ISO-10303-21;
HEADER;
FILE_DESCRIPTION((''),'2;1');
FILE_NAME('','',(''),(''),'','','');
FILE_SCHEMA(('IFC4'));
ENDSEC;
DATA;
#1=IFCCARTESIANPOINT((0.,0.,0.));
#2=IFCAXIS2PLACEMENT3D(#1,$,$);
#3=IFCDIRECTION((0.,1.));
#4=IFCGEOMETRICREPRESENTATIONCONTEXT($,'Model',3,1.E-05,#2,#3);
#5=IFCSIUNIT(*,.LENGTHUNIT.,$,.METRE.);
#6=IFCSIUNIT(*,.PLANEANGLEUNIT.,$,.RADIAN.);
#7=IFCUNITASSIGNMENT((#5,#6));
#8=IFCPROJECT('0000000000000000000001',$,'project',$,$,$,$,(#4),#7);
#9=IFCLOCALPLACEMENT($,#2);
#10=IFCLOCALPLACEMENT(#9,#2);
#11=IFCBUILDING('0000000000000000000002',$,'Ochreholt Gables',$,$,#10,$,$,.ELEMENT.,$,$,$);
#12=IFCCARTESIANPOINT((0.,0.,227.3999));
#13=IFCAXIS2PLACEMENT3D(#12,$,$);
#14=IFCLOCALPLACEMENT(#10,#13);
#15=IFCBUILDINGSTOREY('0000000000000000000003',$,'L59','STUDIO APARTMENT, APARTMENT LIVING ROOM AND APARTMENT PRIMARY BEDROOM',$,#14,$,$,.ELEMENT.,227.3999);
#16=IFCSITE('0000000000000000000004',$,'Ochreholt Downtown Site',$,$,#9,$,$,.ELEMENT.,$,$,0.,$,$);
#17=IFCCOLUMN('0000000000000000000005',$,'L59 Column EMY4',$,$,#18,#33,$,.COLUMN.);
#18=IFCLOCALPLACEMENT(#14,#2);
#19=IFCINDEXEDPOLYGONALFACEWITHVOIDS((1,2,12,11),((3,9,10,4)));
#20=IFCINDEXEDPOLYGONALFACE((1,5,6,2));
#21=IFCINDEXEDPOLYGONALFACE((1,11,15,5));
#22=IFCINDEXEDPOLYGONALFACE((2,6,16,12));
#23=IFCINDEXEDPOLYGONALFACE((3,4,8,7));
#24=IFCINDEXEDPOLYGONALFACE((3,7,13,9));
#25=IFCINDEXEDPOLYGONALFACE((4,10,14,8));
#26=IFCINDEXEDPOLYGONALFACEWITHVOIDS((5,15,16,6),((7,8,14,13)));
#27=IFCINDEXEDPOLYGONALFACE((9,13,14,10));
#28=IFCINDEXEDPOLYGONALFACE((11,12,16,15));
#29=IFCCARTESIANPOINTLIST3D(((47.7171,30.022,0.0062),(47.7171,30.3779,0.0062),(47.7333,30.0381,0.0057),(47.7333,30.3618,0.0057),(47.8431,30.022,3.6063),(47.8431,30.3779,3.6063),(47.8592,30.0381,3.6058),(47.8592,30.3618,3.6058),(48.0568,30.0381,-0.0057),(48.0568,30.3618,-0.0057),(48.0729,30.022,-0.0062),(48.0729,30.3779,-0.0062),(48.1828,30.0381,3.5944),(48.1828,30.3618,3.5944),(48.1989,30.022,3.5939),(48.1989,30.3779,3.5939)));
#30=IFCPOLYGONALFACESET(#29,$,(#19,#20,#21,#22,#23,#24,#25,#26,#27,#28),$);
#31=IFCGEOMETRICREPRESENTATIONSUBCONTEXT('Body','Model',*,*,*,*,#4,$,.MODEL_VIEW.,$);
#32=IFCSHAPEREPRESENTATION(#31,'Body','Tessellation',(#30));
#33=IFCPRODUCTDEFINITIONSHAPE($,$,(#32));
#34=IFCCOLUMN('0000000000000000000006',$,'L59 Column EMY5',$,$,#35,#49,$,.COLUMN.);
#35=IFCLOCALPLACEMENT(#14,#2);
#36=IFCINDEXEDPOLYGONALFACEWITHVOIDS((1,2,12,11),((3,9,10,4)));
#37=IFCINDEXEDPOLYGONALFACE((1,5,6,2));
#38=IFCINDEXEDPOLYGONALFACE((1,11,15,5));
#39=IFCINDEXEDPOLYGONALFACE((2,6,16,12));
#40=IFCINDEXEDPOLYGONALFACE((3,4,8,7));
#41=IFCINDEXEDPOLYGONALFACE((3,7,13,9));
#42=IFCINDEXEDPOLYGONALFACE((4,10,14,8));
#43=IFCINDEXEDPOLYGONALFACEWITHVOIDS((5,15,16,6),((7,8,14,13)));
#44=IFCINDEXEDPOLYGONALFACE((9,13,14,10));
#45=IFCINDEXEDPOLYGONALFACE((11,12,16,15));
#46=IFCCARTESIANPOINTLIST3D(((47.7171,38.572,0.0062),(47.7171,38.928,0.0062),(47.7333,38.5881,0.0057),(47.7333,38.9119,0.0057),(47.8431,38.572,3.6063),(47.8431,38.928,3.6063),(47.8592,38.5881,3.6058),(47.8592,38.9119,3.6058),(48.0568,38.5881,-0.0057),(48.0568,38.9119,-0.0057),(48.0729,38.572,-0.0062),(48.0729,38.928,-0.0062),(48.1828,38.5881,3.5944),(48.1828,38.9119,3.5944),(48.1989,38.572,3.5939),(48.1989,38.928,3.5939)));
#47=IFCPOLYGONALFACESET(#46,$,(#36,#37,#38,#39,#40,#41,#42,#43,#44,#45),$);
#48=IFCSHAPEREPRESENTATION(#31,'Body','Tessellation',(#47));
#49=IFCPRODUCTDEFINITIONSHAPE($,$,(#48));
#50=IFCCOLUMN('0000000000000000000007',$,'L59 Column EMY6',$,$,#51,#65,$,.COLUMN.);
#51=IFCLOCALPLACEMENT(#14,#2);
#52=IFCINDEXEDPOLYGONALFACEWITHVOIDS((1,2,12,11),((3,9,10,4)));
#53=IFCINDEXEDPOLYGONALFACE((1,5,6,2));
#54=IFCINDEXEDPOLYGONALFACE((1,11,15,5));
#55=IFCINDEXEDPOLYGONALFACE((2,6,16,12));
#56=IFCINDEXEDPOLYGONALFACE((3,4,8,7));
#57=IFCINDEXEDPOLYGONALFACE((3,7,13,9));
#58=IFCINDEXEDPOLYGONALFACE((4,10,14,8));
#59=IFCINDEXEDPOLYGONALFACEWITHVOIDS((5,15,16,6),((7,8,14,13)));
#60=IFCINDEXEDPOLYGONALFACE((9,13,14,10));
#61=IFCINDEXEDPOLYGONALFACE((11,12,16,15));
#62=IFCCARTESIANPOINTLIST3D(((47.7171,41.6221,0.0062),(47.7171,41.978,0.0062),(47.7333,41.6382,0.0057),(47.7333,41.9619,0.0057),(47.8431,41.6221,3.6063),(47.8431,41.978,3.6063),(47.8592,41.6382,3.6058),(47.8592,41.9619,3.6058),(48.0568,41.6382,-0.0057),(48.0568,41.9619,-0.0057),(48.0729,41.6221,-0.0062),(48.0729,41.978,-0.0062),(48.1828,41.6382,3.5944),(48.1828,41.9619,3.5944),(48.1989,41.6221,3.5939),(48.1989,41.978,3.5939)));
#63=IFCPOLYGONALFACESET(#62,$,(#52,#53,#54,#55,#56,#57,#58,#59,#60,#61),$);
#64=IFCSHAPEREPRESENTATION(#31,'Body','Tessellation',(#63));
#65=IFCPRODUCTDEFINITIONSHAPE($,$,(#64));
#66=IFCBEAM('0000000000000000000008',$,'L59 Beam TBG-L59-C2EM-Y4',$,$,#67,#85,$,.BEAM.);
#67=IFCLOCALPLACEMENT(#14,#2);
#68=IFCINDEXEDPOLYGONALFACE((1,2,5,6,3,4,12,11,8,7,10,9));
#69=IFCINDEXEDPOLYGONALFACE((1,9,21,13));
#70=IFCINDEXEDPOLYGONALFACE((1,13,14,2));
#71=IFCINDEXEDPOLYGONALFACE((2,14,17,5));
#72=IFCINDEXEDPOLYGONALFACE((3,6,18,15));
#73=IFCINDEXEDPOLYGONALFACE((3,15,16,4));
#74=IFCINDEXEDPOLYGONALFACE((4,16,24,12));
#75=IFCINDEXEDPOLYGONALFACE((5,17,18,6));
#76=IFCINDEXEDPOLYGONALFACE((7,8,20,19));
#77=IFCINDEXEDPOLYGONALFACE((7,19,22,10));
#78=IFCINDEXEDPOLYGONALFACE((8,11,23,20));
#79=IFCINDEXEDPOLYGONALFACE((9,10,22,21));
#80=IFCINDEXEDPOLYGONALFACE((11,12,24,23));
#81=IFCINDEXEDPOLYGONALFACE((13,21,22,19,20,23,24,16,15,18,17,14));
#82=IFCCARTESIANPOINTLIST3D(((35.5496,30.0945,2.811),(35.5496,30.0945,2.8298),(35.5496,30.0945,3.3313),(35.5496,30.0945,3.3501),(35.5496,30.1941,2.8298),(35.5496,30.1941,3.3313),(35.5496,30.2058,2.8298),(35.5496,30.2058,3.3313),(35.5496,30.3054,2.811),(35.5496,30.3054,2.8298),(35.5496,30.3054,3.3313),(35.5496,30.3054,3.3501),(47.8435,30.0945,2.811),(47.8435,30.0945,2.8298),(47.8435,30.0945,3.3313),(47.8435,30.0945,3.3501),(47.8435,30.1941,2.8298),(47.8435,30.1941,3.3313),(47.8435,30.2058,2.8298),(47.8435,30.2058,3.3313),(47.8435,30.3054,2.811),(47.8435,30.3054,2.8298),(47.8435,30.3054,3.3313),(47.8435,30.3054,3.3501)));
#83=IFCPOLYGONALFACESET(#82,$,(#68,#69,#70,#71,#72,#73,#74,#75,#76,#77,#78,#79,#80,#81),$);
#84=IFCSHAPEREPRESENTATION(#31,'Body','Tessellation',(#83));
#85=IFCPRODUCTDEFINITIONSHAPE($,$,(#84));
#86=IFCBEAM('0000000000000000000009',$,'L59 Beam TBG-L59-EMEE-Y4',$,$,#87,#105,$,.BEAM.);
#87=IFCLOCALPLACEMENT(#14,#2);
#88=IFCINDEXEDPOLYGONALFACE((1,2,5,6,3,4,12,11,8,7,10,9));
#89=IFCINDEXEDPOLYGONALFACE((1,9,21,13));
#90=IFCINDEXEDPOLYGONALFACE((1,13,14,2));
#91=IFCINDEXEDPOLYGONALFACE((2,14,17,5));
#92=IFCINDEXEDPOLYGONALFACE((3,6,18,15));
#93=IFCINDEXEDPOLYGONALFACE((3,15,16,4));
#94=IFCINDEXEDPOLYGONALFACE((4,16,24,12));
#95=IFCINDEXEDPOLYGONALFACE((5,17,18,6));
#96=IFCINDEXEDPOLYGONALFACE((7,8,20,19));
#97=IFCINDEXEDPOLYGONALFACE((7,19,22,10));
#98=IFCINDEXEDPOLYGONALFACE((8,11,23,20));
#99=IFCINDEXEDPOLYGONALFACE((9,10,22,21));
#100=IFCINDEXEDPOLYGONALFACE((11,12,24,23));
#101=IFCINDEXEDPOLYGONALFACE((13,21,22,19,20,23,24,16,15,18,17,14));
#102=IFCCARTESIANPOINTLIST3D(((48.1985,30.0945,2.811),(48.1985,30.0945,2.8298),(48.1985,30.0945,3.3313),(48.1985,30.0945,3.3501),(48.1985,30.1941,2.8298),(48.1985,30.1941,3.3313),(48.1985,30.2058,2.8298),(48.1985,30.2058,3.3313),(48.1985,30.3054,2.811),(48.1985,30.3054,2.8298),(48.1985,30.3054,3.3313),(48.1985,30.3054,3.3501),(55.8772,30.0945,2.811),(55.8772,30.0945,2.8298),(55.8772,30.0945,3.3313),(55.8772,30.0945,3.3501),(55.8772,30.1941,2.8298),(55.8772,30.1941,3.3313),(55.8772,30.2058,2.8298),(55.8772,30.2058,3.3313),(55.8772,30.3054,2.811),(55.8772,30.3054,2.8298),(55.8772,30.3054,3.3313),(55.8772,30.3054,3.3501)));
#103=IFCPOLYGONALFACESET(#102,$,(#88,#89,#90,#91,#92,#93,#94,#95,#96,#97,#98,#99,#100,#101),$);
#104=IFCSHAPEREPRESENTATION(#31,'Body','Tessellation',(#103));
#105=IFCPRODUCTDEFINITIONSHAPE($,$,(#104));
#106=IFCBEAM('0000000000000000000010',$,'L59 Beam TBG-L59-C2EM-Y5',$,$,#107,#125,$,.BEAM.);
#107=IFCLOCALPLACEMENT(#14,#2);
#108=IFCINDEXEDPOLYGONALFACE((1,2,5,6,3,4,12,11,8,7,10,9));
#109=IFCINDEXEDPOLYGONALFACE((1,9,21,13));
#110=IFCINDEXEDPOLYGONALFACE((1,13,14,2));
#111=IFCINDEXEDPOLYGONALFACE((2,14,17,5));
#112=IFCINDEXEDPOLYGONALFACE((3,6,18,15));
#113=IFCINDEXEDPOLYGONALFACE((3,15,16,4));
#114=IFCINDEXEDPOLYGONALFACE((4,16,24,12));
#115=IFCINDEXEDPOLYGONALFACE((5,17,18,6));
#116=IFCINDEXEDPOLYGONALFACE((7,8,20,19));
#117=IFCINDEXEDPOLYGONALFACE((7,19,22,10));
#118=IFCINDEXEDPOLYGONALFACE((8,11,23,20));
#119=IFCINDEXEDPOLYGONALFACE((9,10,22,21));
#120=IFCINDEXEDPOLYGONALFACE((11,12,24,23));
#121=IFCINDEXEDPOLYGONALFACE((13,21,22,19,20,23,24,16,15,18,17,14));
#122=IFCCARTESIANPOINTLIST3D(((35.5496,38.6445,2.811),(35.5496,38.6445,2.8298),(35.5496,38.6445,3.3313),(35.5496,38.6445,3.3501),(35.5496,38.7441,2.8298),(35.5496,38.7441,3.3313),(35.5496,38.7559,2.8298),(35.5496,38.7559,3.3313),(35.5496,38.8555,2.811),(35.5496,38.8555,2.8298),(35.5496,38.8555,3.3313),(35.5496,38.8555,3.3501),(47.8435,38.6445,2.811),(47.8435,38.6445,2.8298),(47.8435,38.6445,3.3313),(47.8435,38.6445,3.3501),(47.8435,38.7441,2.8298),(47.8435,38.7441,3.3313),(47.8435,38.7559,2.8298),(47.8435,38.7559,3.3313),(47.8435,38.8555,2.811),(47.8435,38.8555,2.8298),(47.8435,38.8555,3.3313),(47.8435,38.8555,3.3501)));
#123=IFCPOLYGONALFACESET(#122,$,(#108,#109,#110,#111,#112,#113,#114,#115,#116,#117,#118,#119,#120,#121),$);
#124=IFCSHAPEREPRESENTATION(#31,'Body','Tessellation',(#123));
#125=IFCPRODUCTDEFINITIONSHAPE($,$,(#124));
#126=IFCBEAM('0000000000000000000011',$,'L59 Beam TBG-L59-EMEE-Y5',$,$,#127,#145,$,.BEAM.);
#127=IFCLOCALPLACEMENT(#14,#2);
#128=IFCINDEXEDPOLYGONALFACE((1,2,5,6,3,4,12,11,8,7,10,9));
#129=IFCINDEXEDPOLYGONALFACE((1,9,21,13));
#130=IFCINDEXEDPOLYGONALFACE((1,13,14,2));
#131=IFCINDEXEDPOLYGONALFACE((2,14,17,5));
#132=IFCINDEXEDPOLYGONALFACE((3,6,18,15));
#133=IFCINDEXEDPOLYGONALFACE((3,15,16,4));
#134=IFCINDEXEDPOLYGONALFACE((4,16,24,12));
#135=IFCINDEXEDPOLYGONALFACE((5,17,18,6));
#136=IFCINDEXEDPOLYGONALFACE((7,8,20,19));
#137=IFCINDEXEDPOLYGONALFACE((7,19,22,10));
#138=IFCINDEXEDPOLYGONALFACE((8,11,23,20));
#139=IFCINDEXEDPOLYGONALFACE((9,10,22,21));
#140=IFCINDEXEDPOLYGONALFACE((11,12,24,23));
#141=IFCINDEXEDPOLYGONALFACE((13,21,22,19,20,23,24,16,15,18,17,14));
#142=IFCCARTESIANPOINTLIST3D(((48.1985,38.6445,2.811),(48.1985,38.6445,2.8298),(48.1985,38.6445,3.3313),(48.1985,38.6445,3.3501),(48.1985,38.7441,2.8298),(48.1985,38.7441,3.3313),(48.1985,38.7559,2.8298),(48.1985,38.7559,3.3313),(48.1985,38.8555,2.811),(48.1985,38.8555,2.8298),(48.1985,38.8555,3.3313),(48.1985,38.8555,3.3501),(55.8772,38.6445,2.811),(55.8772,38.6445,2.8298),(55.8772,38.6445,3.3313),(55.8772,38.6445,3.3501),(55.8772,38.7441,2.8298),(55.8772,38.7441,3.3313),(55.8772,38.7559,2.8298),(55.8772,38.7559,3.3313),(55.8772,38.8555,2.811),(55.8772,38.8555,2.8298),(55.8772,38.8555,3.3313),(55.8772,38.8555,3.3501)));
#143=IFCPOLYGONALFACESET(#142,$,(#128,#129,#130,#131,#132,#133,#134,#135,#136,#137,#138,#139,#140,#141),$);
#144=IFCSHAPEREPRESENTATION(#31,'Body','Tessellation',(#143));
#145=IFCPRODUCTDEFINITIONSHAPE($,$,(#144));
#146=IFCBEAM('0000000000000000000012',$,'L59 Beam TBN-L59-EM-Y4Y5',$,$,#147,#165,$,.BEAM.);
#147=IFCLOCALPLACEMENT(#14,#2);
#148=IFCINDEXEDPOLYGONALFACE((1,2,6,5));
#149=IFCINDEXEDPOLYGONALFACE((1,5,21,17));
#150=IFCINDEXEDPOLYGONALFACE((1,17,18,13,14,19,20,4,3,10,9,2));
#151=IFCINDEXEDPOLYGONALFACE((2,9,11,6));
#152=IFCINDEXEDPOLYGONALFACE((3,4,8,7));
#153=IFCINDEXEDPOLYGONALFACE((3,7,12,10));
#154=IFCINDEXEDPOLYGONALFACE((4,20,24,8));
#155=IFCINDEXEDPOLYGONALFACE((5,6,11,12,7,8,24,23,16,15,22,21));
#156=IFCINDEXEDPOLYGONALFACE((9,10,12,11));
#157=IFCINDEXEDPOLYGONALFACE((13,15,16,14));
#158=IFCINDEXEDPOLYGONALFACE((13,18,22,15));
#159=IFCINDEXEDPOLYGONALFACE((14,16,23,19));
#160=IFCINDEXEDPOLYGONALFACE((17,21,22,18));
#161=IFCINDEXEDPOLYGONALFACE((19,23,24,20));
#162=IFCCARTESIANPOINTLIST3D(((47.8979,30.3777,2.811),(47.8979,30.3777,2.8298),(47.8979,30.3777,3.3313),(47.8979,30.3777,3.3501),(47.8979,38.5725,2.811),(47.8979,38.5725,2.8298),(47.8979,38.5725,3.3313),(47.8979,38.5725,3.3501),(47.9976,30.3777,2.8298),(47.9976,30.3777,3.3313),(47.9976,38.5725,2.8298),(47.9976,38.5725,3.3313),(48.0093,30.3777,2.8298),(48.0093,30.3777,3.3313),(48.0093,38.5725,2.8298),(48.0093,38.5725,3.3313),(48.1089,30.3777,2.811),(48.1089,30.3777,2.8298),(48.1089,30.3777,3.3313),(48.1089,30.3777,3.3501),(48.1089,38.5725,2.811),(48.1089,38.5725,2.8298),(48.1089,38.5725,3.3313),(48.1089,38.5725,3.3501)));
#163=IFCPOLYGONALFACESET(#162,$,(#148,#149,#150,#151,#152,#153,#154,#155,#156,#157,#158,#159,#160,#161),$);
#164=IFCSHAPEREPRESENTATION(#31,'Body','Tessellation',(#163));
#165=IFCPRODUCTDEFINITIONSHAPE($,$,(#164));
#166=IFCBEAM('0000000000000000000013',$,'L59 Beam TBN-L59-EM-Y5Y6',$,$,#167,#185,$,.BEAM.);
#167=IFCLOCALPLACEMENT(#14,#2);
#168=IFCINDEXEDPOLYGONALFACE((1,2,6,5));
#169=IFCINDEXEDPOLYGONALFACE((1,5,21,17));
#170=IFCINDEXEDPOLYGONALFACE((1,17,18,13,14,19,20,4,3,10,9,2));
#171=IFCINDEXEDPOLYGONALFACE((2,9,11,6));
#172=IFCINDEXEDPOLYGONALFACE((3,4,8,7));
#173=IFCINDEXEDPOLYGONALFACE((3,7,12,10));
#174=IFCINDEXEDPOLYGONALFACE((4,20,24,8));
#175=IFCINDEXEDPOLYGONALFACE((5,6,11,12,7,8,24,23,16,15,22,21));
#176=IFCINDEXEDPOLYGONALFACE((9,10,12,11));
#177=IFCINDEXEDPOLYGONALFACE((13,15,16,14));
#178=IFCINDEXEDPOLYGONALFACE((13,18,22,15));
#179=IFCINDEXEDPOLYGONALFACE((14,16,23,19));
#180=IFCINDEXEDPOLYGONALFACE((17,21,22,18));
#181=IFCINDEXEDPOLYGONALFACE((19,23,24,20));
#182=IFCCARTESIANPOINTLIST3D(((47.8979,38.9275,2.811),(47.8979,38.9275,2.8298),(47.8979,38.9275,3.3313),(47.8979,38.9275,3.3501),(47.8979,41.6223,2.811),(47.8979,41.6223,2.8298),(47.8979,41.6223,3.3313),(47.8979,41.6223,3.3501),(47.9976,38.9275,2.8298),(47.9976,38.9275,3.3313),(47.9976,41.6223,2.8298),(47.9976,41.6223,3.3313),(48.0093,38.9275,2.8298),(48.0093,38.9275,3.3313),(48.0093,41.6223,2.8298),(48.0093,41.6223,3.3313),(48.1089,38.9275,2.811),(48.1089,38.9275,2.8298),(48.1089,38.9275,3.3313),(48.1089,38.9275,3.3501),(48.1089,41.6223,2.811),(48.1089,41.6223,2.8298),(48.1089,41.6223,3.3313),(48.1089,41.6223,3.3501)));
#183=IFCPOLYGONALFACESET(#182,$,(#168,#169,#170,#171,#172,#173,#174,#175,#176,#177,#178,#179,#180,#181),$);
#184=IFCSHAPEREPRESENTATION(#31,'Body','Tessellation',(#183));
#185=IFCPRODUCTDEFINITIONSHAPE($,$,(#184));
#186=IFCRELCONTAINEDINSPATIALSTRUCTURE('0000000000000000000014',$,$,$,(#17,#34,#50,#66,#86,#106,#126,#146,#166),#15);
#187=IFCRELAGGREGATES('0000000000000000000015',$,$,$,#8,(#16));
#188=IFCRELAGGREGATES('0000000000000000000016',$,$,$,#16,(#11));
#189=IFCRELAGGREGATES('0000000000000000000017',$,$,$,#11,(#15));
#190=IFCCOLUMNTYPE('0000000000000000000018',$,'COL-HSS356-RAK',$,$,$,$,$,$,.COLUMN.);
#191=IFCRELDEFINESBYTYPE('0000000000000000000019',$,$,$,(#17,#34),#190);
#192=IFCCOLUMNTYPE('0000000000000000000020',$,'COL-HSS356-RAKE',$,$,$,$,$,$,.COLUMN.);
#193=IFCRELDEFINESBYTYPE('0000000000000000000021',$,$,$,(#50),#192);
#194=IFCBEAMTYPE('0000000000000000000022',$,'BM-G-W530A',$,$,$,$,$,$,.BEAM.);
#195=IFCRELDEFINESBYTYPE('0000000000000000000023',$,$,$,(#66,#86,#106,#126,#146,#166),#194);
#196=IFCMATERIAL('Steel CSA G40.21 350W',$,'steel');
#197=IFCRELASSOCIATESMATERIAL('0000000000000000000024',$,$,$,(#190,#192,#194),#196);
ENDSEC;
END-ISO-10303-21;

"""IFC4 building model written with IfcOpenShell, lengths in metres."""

from ifc_helpers import new_model, si_unit, direction, frame, origin, origin_2d, place, context, subcontext, project, spatial, hollow_rectangle, i_section, extrude, material, material_profile, profile_set, type_object, element, save


model = new_model("IFC4")

# Units and contexts
model_context = context("Model", 3, precision=1e-05, world=origin(), true_north=direction((0.0, 1.0)))
body_context = subcontext(model_context, "Body", "Model", "MODEL_VIEW")
ifc_project = project(units=[si_unit("LENGTHUNIT", "METRE"), si_unit("PLANEANGLEUNIT", "RADIAN")], contexts=[model_context])

# Site, building, storey
site_placement = place(None, origin())
site = spatial("IfcSite", under=ifc_project, at=site_placement, Name="Ochreholt Downtown Site", CompositionType="ELEMENT", RefElevation=0.0)
building_placement = place(site_placement, origin())
building = spatial("IfcBuilding", under=site, at=building_placement, Name="Ochreholt Gables", CompositionType="ELEMENT")
storey_placement = place(building_placement, frame((0.0, 0.0, 227.3999)))
storey = spatial("IfcBuildingStorey", under=building, at=storey_placement, Name="L59", Description="STUDIO APARTMENT, APARTMENT LIVING ROOM AND APARTMENT PRIMARY BEDROOM", CompositionType="ELEMENT", Elevation=227.3999)

# Columns
ifc_material_1 = material(Name="Steel CSA G40.21 350W", Category="steel")
ifc_material_profile_1 = material_profile(ifc_material_1, hollow_rectangle(XDim=0.356, YDim=0.356, WallThickness=0.0161, at=origin_2d()), Name="HSS356X356X16")
ifc_profile_set_1 = profile_set([ifc_material_profile_1], Name="Steel CSA G40.21 350W")
column_type_1 = type_object("IfcColumnType", Name="COL-HSS356-RAK", PredefinedType="COLUMN", material=ifc_profile_set_1)
for number, where, z_axis, x_axis, name in (
    (1, (47.895, 30.2, 0.0), (0.034971, 0.0, 0.999388), (0.0, 1.0, 0.0), "L59 Column EMY4"),
    (2, (47.895, 38.75, 0.0), (0.034971, 0.0, 0.999388), (0.0, 1.0, 0.0), "L59 Column EMY5"),
):
    element("IfcColumn", number, at=place(storey_placement, frame(where, z_axis=z_axis, x_axis=x_axis)), inside=storey, type_object=column_type_1, Name=name, PredefinedType="COLUMN", context=body_context, shape_type="SweptSolid", body=[
        extrude(hollow_rectangle(XDim=0.356, YDim=0.356, WallThickness=0.0161, at=origin_2d()), origin(), (0.0, 0.0, 1.0), 3.6023),
    ])
ifc_material_profile_2 = material_profile(ifc_material_1, hollow_rectangle(XDim=0.356, YDim=0.356, WallThickness=0.0161, at=origin_2d()), Name="HSS356X356X16")
ifc_profile_set_2 = profile_set([ifc_material_profile_2], Name="Steel CSA G40.21 350W")
column_type_2 = type_object("IfcColumnType", Name="COL-HSS356-RAKE", PredefinedType="COLUMN", material=ifc_profile_set_2)
column_placement = place(storey_placement, frame((47.895, 41.8, 0.0), z_axis=(0.034971, 0.0, 0.999388), x_axis=(0.0, 1.0, 0.0)))
element("IfcColumn", 3, at=column_placement, inside=storey, type_object=column_type_2, Name="L59 Column EMY6", PredefinedType="COLUMN", context=body_context, shape_type="SweptSolid", body=[
    extrude(hollow_rectangle(XDim=0.356, YDim=0.356, WallThickness=0.0161, at=origin_2d()), origin(), (0.0, 0.0, 1.0), 3.6023),
])

# Beams
ifc_material_profile_3 = material_profile(ifc_material_1, i_section(OverallWidth=0.2109, OverallDepth=0.5391, WebThickness=0.0117, FlangeThickness=0.0188, at=origin_2d()), Name="W530X109")
ifc_profile_set_3 = profile_set([ifc_material_profile_3], Name="Steel CSA G40.21 350W")
beam_type_1 = type_object("IfcBeamType", Name="BM-G-W530A", PredefinedType="BEAM", material=ifc_profile_set_3)
beam_1_placement = place(storey_placement, frame((35.5496, 30.2, 3.0806), z_axis=(1.0, 0.0, 0.0), x_axis=(0.0, 1.0, 0.0)))
element("IfcBeam", 4, at=beam_1_placement, inside=storey, type_object=beam_type_1, Name="L59 Beam TBG-L59-C2EM-Y4", PredefinedType="BEAM", context=body_context, shape_type="SweptSolid", body=[
    extrude(i_section(OverallWidth=0.2109, OverallDepth=0.5391, WebThickness=0.0117, FlangeThickness=0.0188, at=origin_2d()), origin(), (0.0, 0.0, 1.0), 12.2939),
])
beam_2_placement = place(storey_placement, frame((48.1985, 30.2, 3.0806), z_axis=(1.0, 0.0, 0.0), x_axis=(0.0, 1.0, 0.0)))
element("IfcBeam", 5, at=beam_2_placement, inside=storey, type_object=beam_type_1, Name="L59 Beam TBG-L59-EMEE-Y4", PredefinedType="BEAM", context=body_context, shape_type="SweptSolid", body=[
    extrude(i_section(OverallWidth=0.2109, OverallDepth=0.5391, WebThickness=0.0117, FlangeThickness=0.0188, at=origin_2d()), origin(), (0.0, 0.0, 1.0), 7.6787),
])
beam_3_placement = place(storey_placement, frame((35.5496, 38.75, 3.0806), z_axis=(1.0, 0.0, 0.0), x_axis=(0.0, 1.0, 0.0)))
element("IfcBeam", 6, at=beam_3_placement, inside=storey, type_object=beam_type_1, Name="L59 Beam TBG-L59-C2EM-Y5", PredefinedType="BEAM", context=body_context, shape_type="SweptSolid", body=[
    extrude(i_section(OverallWidth=0.2109, OverallDepth=0.5391, WebThickness=0.0117, FlangeThickness=0.0188, at=origin_2d()), origin(), (0.0, 0.0, 1.0), 12.2939),
])
beam_4_placement = place(storey_placement, frame((48.1985, 38.75, 3.0806), z_axis=(1.0, 0.0, 0.0), x_axis=(0.0, 1.0, 0.0)))
element("IfcBeam", 7, at=beam_4_placement, inside=storey, type_object=beam_type_1, Name="L59 Beam TBG-L59-EMEE-Y5", PredefinedType="BEAM", context=body_context, shape_type="SweptSolid", body=[
    extrude(i_section(OverallWidth=0.2109, OverallDepth=0.5391, WebThickness=0.0117, FlangeThickness=0.0188, at=origin_2d()), origin(), (0.0, 0.0, 1.0), 7.6787),
])
beam_5_placement = place(storey_placement, frame((48.0034, 30.3777, 3.0806), z_axis=(0.0, 1.0, 0.0), x_axis=(-1.0, 0.0, 0.0)))
element("IfcBeam", 8, at=beam_5_placement, inside=storey, type_object=beam_type_1, Name="L59 Beam TBN-L59-EM-Y4Y5", PredefinedType="BEAM", context=body_context, shape_type="SweptSolid", body=[
    extrude(i_section(OverallWidth=0.2109, OverallDepth=0.5391, WebThickness=0.0117, FlangeThickness=0.0188, at=origin_2d()), origin(), (0.0, 0.0, 1.0), 8.1948),
])
beam_6_placement = place(storey_placement, frame((48.0034, 38.9275, 3.0806), z_axis=(0.0, 1.0, 0.0), x_axis=(-1.0, 0.0, 0.0)))
element("IfcBeam", 9, at=beam_6_placement, inside=storey, type_object=beam_type_1, Name="L59 Beam TBN-L59-EM-Y5Y6", PredefinedType="BEAM", context=body_context, shape_type="SweptSolid", body=[
    extrude(i_section(OverallWidth=0.2109, OverallDepth=0.5391, WebThickness=0.0117, FlangeThickness=0.0188, at=origin_2d()), origin(), (0.0, 0.0, 1.0), 2.6948),
])

save(model, "model.ifc")
